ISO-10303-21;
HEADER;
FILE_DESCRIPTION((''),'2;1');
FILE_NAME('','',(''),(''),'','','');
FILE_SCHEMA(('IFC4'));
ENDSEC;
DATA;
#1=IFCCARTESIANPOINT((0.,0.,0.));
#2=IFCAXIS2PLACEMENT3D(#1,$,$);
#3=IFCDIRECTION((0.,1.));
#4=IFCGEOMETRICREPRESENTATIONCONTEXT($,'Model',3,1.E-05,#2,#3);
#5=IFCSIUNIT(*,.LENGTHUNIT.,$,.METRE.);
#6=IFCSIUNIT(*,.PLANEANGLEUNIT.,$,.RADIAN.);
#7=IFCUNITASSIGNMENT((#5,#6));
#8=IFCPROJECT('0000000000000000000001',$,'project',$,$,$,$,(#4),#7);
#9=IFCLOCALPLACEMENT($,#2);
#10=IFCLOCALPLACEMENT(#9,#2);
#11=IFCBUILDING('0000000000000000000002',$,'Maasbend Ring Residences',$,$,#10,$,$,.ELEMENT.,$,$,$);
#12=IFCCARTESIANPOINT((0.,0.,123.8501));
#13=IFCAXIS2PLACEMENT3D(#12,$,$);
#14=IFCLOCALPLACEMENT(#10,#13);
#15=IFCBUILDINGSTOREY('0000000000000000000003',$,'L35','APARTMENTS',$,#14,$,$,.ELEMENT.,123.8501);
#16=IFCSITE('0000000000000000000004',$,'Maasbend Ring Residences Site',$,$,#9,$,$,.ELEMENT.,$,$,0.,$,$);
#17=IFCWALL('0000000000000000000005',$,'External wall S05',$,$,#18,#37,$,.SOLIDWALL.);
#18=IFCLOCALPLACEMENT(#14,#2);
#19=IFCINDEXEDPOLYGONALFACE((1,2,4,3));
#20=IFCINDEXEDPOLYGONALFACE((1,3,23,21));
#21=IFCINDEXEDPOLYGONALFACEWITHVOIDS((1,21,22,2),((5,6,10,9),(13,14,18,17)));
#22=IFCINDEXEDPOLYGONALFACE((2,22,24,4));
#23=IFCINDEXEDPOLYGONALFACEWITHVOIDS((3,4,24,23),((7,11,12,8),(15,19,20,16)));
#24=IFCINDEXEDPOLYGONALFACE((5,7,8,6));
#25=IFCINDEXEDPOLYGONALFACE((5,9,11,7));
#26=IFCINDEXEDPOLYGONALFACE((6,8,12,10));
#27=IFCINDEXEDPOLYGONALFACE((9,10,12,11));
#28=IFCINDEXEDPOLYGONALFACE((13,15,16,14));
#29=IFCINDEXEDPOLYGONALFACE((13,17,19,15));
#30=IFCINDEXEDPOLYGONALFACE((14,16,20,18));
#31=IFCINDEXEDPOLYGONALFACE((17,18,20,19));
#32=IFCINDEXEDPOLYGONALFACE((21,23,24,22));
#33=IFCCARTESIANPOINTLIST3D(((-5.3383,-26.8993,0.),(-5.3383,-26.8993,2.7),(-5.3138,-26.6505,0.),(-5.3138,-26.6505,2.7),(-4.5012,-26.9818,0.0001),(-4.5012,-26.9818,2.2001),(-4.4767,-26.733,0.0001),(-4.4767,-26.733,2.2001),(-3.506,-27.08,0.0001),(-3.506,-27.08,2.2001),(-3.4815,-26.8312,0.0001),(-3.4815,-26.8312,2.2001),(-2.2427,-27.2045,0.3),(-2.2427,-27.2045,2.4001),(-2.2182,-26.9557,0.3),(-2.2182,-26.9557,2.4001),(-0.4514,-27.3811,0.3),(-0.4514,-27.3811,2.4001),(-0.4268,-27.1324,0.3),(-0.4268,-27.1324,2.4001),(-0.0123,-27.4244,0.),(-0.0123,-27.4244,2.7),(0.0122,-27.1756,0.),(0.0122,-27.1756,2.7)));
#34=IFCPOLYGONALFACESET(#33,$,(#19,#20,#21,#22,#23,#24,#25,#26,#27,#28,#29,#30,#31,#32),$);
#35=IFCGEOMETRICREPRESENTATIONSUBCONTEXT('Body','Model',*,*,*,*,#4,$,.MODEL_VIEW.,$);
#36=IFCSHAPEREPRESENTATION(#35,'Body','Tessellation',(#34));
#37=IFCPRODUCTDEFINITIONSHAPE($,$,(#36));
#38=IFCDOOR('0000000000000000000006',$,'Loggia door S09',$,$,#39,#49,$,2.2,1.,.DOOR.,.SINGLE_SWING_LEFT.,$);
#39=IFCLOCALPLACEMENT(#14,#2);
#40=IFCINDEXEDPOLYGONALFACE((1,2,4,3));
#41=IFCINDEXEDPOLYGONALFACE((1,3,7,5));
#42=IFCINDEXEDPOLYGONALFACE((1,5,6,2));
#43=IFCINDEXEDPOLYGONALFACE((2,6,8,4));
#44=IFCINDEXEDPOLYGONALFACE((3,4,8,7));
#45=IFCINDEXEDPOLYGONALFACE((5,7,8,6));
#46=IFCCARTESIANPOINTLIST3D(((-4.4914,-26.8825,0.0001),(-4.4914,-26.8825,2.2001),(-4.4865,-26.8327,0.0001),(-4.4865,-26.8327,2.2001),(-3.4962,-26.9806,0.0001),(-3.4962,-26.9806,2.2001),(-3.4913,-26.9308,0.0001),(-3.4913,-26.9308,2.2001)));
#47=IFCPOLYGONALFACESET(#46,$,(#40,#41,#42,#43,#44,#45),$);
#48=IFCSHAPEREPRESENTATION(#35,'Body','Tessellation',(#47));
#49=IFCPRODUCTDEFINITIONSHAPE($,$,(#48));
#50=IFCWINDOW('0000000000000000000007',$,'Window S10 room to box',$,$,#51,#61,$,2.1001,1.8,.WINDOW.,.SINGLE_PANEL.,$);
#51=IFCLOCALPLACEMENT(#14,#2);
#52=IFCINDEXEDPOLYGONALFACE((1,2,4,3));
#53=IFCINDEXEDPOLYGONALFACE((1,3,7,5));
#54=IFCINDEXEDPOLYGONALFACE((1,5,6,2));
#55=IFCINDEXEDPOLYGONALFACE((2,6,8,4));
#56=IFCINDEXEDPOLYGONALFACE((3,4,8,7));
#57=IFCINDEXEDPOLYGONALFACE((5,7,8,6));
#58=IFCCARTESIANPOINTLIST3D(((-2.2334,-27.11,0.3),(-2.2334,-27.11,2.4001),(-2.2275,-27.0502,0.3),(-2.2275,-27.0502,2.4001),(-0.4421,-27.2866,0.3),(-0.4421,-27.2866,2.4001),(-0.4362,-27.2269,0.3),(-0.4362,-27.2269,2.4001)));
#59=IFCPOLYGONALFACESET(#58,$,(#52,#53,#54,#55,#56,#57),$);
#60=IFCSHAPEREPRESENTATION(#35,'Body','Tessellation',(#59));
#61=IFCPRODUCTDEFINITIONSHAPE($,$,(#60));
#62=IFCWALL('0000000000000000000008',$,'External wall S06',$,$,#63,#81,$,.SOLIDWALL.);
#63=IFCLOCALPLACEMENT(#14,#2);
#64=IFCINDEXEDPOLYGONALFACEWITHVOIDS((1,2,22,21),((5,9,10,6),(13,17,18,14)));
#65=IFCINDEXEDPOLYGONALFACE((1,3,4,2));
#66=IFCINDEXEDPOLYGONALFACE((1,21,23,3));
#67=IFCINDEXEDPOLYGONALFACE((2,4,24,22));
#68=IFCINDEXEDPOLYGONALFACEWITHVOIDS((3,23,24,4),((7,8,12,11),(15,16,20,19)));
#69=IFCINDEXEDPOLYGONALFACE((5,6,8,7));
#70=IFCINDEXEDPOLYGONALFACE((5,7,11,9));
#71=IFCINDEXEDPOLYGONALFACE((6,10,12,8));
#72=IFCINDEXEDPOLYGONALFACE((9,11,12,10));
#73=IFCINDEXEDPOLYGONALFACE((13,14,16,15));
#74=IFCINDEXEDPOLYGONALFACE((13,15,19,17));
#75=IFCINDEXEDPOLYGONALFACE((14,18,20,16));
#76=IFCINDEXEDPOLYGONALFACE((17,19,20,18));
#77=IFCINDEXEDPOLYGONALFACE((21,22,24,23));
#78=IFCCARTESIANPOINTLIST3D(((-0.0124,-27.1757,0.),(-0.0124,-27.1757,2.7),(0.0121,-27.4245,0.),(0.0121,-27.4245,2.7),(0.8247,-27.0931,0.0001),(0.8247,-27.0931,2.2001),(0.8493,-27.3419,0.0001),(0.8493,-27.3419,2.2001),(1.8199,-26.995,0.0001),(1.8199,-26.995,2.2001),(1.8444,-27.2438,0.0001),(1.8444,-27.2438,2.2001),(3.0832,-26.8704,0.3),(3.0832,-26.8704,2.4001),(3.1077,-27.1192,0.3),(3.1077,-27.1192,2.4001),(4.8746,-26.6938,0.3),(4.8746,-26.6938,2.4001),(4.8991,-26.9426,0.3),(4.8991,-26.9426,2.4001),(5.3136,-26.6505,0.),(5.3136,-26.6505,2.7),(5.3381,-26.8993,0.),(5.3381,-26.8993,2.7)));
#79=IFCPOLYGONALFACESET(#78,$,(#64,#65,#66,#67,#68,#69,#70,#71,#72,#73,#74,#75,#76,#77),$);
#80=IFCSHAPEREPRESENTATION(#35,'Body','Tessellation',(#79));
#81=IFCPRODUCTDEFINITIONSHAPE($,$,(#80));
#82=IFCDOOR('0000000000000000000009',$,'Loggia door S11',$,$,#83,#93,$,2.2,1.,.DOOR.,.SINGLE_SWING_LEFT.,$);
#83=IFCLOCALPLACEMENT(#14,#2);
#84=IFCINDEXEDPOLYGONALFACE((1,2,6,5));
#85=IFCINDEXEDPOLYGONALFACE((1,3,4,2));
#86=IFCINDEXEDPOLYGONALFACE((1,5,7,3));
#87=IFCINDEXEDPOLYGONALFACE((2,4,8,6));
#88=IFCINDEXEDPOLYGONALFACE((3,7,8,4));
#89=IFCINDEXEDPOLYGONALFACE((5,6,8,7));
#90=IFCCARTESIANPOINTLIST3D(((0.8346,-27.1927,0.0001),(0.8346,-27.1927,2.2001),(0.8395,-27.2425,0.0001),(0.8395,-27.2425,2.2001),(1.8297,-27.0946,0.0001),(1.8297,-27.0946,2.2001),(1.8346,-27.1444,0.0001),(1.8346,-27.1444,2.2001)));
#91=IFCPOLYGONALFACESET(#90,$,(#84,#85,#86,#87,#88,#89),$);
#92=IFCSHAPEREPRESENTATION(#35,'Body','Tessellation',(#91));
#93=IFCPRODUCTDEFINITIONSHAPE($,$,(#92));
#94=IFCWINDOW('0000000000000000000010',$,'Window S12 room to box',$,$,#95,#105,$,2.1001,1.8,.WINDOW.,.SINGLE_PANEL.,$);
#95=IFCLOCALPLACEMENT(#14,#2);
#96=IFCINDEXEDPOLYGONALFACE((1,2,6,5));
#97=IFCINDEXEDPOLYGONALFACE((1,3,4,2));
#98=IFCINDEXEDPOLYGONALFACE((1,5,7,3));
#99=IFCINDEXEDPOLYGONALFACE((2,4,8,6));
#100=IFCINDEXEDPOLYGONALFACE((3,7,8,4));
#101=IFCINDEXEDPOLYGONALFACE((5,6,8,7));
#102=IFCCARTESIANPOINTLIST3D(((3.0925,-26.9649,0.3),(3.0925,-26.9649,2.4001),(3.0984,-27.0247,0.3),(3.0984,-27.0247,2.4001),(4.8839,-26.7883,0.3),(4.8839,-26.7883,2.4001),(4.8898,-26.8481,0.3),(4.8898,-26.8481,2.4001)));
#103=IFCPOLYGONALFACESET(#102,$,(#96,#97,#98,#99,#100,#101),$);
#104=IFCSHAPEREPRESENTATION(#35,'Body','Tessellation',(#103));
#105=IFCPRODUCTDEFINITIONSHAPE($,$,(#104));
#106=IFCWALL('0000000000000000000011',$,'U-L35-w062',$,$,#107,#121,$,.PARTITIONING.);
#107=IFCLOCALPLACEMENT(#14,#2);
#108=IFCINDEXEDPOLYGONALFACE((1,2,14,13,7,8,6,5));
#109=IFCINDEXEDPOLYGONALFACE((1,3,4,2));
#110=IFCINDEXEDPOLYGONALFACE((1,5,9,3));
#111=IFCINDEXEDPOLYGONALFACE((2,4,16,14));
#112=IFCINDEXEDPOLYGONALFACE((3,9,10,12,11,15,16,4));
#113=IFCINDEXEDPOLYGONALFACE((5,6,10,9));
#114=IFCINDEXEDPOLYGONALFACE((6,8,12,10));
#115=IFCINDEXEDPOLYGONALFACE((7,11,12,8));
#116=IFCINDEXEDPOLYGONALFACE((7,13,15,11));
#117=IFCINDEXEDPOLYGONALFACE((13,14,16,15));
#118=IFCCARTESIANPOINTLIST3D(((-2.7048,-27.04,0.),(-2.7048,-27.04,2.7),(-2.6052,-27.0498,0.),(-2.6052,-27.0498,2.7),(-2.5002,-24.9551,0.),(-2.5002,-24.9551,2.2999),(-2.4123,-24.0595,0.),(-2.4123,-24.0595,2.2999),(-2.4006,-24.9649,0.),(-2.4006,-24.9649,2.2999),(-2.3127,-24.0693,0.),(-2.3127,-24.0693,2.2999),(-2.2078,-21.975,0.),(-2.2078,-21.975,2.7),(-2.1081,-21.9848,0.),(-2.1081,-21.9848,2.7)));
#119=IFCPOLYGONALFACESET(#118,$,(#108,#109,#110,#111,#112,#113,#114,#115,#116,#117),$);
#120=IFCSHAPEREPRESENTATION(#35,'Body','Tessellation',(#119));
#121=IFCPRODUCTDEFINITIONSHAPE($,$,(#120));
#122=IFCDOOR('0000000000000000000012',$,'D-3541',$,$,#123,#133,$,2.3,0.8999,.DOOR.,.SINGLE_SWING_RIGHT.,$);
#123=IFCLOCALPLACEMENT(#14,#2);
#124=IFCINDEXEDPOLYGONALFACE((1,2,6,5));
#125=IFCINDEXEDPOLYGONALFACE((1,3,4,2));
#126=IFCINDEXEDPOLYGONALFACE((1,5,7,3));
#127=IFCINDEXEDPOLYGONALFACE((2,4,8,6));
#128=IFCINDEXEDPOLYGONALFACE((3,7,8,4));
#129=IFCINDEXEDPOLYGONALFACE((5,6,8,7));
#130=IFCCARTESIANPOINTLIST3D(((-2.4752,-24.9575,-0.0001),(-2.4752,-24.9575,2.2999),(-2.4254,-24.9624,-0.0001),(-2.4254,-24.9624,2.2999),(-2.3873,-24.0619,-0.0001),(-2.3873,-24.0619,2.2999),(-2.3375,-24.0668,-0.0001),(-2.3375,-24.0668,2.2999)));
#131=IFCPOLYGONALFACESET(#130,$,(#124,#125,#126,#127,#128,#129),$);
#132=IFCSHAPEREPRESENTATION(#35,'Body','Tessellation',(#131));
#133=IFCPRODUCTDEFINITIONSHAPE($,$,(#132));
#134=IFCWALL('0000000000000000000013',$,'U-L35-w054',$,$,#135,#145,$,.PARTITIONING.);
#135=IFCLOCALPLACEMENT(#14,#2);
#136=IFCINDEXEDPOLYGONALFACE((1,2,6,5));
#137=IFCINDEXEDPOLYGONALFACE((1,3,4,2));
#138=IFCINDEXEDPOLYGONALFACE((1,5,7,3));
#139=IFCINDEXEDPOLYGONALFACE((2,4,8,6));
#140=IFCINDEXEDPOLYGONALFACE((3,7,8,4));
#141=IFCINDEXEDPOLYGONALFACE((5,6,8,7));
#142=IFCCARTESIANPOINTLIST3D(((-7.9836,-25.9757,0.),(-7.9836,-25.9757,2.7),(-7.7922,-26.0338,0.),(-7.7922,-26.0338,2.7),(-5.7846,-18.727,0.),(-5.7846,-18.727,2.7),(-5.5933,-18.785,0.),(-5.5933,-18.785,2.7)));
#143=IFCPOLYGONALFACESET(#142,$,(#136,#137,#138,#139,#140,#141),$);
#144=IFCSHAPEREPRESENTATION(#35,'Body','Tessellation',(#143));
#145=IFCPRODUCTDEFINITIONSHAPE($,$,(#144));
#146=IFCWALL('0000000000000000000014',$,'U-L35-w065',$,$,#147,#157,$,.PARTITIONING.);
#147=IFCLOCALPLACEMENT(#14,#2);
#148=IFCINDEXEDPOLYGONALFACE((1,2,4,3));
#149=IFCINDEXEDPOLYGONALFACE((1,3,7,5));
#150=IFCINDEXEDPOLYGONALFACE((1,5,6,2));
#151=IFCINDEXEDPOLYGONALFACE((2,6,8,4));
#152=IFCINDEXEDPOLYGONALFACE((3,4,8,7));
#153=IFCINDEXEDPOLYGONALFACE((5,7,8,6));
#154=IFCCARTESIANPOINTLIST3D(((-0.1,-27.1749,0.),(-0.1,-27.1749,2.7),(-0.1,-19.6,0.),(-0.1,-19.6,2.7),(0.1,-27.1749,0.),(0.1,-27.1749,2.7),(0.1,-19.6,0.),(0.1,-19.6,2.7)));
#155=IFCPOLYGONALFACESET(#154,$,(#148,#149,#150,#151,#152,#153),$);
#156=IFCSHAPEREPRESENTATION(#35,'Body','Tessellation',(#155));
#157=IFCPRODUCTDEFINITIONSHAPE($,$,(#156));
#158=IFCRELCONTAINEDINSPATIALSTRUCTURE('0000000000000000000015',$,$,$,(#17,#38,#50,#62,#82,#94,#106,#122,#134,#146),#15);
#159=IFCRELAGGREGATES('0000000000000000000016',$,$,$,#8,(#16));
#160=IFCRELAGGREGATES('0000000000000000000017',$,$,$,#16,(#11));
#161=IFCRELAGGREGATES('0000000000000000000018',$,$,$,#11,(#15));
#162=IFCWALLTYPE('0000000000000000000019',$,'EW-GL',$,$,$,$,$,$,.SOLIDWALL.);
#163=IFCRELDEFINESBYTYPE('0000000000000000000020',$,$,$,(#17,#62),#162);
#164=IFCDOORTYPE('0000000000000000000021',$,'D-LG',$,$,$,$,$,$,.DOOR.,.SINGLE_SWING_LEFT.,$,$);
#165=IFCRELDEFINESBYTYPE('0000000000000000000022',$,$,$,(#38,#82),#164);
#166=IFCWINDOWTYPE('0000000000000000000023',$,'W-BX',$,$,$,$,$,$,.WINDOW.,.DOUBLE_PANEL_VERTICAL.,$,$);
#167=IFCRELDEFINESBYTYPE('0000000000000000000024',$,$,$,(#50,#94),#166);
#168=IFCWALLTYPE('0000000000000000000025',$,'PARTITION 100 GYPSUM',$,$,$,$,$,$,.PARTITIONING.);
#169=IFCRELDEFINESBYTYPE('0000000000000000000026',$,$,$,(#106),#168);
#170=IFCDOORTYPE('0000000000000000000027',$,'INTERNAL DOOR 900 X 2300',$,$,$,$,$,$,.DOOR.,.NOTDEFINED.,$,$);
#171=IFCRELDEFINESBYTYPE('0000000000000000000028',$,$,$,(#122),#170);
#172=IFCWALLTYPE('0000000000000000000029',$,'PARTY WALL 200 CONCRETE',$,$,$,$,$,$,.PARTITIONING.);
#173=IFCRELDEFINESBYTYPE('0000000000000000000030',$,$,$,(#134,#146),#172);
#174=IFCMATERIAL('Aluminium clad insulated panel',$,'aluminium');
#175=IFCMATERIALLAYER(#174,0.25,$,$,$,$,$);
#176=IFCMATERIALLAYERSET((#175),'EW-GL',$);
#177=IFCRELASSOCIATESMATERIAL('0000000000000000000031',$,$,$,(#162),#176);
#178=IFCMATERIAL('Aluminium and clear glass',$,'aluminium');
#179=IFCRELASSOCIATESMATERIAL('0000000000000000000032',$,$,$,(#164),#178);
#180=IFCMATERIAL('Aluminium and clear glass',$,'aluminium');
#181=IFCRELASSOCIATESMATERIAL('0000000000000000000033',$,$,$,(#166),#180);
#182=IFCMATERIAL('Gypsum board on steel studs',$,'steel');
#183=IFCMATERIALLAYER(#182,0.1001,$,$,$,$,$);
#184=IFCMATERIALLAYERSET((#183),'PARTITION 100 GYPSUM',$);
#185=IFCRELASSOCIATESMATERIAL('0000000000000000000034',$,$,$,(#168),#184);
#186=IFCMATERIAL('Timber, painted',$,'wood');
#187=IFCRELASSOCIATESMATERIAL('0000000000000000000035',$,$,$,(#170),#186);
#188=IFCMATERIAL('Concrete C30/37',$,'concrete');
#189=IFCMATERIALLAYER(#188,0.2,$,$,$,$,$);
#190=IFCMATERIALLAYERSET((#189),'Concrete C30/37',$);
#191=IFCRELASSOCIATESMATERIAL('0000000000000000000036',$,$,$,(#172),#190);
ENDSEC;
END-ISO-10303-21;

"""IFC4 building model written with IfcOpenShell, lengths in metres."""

from ifc_helpers import new_model, si_unit, direction, frame, frame_2d, origin, place, context, subcontext, project, spatial, rectangle, extrude, material, layer, layer_set, type_object, element, fill, save


model = new_model("IFC4")

# Units and contexts
model_context = context("Model", 3, precision=1e-05, world=origin(), true_north=direction((0.0, 1.0)))
body_context = subcontext(model_context, "Body", "Model", "MODEL_VIEW")
ifc_project = project(units=[si_unit("LENGTHUNIT", "METRE"), si_unit("PLANEANGLEUNIT", "RADIAN")], contexts=[model_context])

# Site, building, storey
site_placement = place(None, origin())
site = spatial("IfcSite", under=ifc_project, at=site_placement, Name="Maasbend Ring Residences Site", CompositionType="ELEMENT", RefElevation=0.0)
building_placement = place(site_placement, origin())
building = spatial("IfcBuilding", under=site, at=building_placement, Name="Maasbend Ring Residences", CompositionType="ELEMENT")
storey_placement = place(building_placement, frame((0.0, 0.0, 123.8501)))
storey = spatial("IfcBuildingStorey", under=building, at=storey_placement, Name="L35", Description="APARTMENTS", CompositionType="ELEMENT", Elevation=123.8501)

# Walls, openings, doors, windows
ifc_material_1 = material(Name="Aluminium clad insulated panel", Category="aluminium")
ifc_layer_1 = layer(ifc_material_1, 0.25)
ifc_layer_set_1 = layer_set([ifc_layer_1], Name="EW-GL")
wall_type_1 = type_object("IfcWallType", Name="EW-GL", PredefinedType="SOLIDWALL", material=ifc_layer_set_1)
wall_1_placement = place(storey_placement, frame((-5.3259, -26.7749, 0.0), z_axis=(0.0, 0.0, 1.0), x_axis=(0.995174, -0.098126, 0.0)))
wall_1 = element("IfcWall", 1, at=wall_1_placement, inside=storey, type_object=wall_type_1, Name="External wall S05", PredefinedType="SOLIDWALL", context=body_context, shape_type="SweptSolid", body=[
    extrude(rectangle(XDim=5.3518, YDim=0.25, at=frame_2d((2.6758, 0.0))), origin(), (0.0, 0.0, 1.0), 2.7),
])
opening_1_placement = place(wall_1_placement, frame((0.8411, 0.0, 0.0)))
opening_1 = element("IfcOpeningElement", 2, at=opening_1_placement, cuts=wall_1, PredefinedType="OPENING", context=body_context, shape_type="SweptSolid", body=[
    extrude(rectangle(XDim=1.0, YDim=2.2, at=frame_2d((0.5, 1.1001))), frame((0.0, 0.135, 0.0), z_axis=(0.0, -1.0, 0.0), x_axis=(1.0, 0.0, 0.0)), (0.0, 0.0, 1.0), 0.27),
])
opening_2_placement = place(wall_1_placement, frame((3.1106, 0.0, 0.3)))
opening_2 = element("IfcOpeningElement", 3, at=opening_2_placement, cuts=wall_1, PredefinedType="OPENING", context=body_context, shape_type="SweptSolid", body=[
    extrude(rectangle(XDim=1.8, YDim=2.1001, at=frame_2d((0.8999, 1.05))), frame((0.0, 0.135, 0.0), z_axis=(0.0, -1.0, 0.0), x_axis=(1.0, 0.0, 0.0)), (0.0, 0.0, 1.0), 0.27),
])
ifc_material_2 = material(Name="Aluminium and clear glass", Category="aluminium")
door_type_1 = type_object("IfcDoorType", Name="D-LG", OperationType="SINGLE_SWING_LEFT", PredefinedType="DOOR", material=ifc_material_2)
door_1_placement = place(opening_1_placement, origin())
door_1 = element("IfcDoor", 4, at=door_1_placement, inside=storey, type_object=door_type_1, Name="Loggia door S09", OperationType="SINGLE_SWING_LEFT", OverallHeight=2.2, OverallWidth=1.0, PredefinedType="DOOR", context=body_context, shape_type="SweptSolid", body=[
    extrude(rectangle(XDim=1.0, YDim=2.2, at=frame_2d((0.5, 1.1001))), frame((0.0, 0.0249, 0.0), z_axis=(0.0, -1.0, 0.0), x_axis=(1.0, 0.0, 0.0)), (0.0, 0.0, 1.0), 0.05),
])
fill(opening_1, door_1)
ifc_material_3 = material(Name="Aluminium and clear glass", Category="aluminium")
window_type_1 = type_object("IfcWindowType", Name="W-BX", PartitioningType="DOUBLE_PANEL_VERTICAL", PredefinedType="WINDOW", material=ifc_material_3)
window_1_placement = place(opening_2_placement, origin())
window_1 = element("IfcWindow", 5, at=window_1_placement, inside=storey, type_object=window_type_1, Name="Window S10 room to box", OverallHeight=2.1001, OverallWidth=1.8, PartitioningType="SINGLE_PANEL", PredefinedType="WINDOW", context=body_context, shape_type="SweptSolid", body=[
    extrude(rectangle(XDim=1.8, YDim=2.1001, at=frame_2d((0.8999, 1.05))), frame((0.0, 0.03, 0.0), z_axis=(0.0, -1.0, 0.0), x_axis=(1.0, 0.0, 0.0)), (0.0, 0.0, 1.0), 0.0601),
])
fill(opening_2, window_1)
wall_2_placement = place(storey_placement, frame((0.0, -27.3, 0.0), z_axis=(0.0, 0.0, 1.0), x_axis=(0.995174, 0.098126, 0.0)))
wall_2 = element("IfcWall", 6, at=wall_2_placement, inside=storey, type_object=wall_type_1, Name="External wall S06", PredefinedType="SOLIDWALL", context=body_context, shape_type="SweptSolid", body=[
    extrude(rectangle(XDim=5.3518, YDim=0.25, at=frame_2d((2.6758, 0.0))), origin(), (0.0, 0.0, 1.0), 2.7),
])
opening_3_placement = place(wall_2_placement, frame((0.8411, 0.0, 0.0)))
opening_3 = element("IfcOpeningElement", 7, at=opening_3_placement, cuts=wall_2, PredefinedType="OPENING", context=body_context, shape_type="SweptSolid", body=[
    extrude(rectangle(XDim=1.0, YDim=2.2, at=frame_2d((0.5, 1.1001))), frame((0.0, 0.135, 0.0), z_axis=(0.0, -1.0, 0.0), x_axis=(1.0, 0.0, 0.0)), (0.0, 0.0, 1.0), 0.27),
])
opening_4_placement = place(wall_2_placement, frame((3.1106, 0.0, 0.3)))
opening_4 = element("IfcOpeningElement", 8, at=opening_4_placement, cuts=wall_2, PredefinedType="OPENING", context=body_context, shape_type="SweptSolid", body=[
    extrude(rectangle(XDim=1.8, YDim=2.1001, at=frame_2d((0.8999, 1.05))), frame((0.0, 0.135, 0.0), z_axis=(0.0, -1.0, 0.0), x_axis=(1.0, 0.0, 0.0)), (0.0, 0.0, 1.0), 0.27),
])
door_2_placement = place(opening_3_placement, origin())
door_2 = element("IfcDoor", 9, at=door_2_placement, inside=storey, type_object=door_type_1, Name="Loggia door S11", OperationType="SINGLE_SWING_LEFT", OverallHeight=2.2, OverallWidth=1.0, PredefinedType="DOOR", context=body_context, shape_type="SweptSolid", body=[
    extrude(rectangle(XDim=1.0, YDim=2.2, at=frame_2d((0.5, 1.1001))), frame((0.0, 0.0249, 0.0), z_axis=(0.0, -1.0, 0.0), x_axis=(1.0, 0.0, 0.0)), (0.0, 0.0, 1.0), 0.05),
])
fill(opening_3, door_2)
window_2_placement = place(opening_4_placement, origin())
window_2 = element("IfcWindow", 10, at=window_2_placement, inside=storey, type_object=window_type_1, Name="Window S12 room to box", OverallHeight=2.1001, OverallWidth=1.8, PartitioningType="SINGLE_PANEL", PredefinedType="WINDOW", context=body_context, shape_type="SweptSolid", body=[
    extrude(rectangle(XDim=1.8, YDim=2.1001, at=frame_2d((0.8999, 1.05))), frame((0.0, 0.03, 0.0), z_axis=(0.0, -1.0, 0.0), x_axis=(1.0, 0.0, 0.0)), (0.0, 0.0, 1.0), 0.0601),
])
fill(opening_4, window_2)

# Wall, opening, door
ifc_material_4 = material(Name="Gypsum board on steel studs", Category="steel")
ifc_layer_2 = layer(ifc_material_4, 0.1001)
ifc_layer_set_2 = layer_set([ifc_layer_2], Name="PARTITION 100 GYPSUM")
wall_type_2 = type_object("IfcWallType", Name="PARTITION 100 GYPSUM", PredefinedType="PARTITIONING", material=ifc_layer_set_2)
wall_3_placement = place(storey_placement, frame((-2.655, -27.0449, 0.0), z_axis=(0.0, 0.0, 1.0), x_axis=(0.09767, 0.995219, 0.0)))
wall_3 = element("IfcWall", 11, at=wall_3_placement, inside=storey, type_object=wall_type_2, Name="U-L35-w062", PredefinedType="PARTITIONING", context=body_context, shape_type="SweptSolid", body=[
    extrude(rectangle(XDim=5.0894, YDim=0.1001, at=frame_2d((2.5447, 0.0))), origin(), (0.0, 0.0, 1.0), 2.7),
])
opening_5_placement = place(wall_3_placement, frame((2.095, 0.0, 0.0)))
opening_5 = element("IfcOpeningElement", 12, at=opening_5_placement, cuts=wall_3, PredefinedType="OPENING", context=body_context, shape_type="SweptSolid", body=[
    extrude(rectangle(XDim=0.8999, YDim=2.3, at=frame_2d((0.45, 1.1499))), frame((0.0, 0.0601, 0.0), z_axis=(0.0, -1.0, 0.0), x_axis=(1.0, 0.0, 0.0)), (0.0, 0.0, 1.0), 0.1201),
])
ifc_material_5 = material(Name="Timber, painted", Category="wood")
door_type_2 = type_object("IfcDoorType", Name="INTERNAL DOOR 900 X 2300", OperationType="NOTDEFINED", PredefinedType="DOOR", material=ifc_material_5)
door_3_placement = place(opening_5_placement, origin())
door_3 = element("IfcDoor", 13, at=door_3_placement, inside=storey, type_object=door_type_2, Name="D-3541", OperationType="SINGLE_SWING_RIGHT", OverallHeight=2.3, OverallWidth=0.8999, PredefinedType="DOOR", context=body_context, shape_type="SweptSolid", body=[
    extrude(rectangle(XDim=0.8999, YDim=2.3, at=frame_2d((0.45, 1.1499))), frame((0.0, 0.0249, 0.0), z_axis=(0.0, -1.0, 0.0), x_axis=(1.0, 0.0, 0.0)), (0.0, 0.0, 1.0), 0.05),
])
fill(opening_5, door_3)

# Walls
ifc_material_6 = material(Name="Concrete C30/37", Category="concrete")
ifc_layer_3 = layer(ifc_material_6, 0.2)
ifc_layer_set_3 = layer_set([ifc_layer_3], Name="Concrete C30/37")
wall_type_3 = type_object("IfcWallType", Name="PARTY WALL 200 CONCRETE", PredefinedType="PARTITIONING", material=ifc_layer_set_3)
for number, where, z_axis, x_axis, name in (
    (14, (-7.8879, -26.0049, 0.0), (0.0, 0.0, 1.0), (0.290295, 0.956937, 0.0), "U-L35-w054"),
    (15, (0.0, -27.175, 0.0), (0.0, 0.0, 1.0), (0.0, 1.0, 0.0), "U-L35-w065"),
):
    element("IfcWall", number, at=place(storey_placement, frame(where, z_axis=z_axis, x_axis=x_axis)), inside=storey, type_object=wall_type_3, Name=name, PredefinedType="PARTITIONING", context=body_context, shape_type="SweptSolid", body=[
        extrude(rectangle(XDim=7.575, YDim=0.2, at=frame_2d((3.7876, 0.0))), origin(), (0.0, 0.0, 1.0), 2.7),
    ])

save(model, "model.ifc")
